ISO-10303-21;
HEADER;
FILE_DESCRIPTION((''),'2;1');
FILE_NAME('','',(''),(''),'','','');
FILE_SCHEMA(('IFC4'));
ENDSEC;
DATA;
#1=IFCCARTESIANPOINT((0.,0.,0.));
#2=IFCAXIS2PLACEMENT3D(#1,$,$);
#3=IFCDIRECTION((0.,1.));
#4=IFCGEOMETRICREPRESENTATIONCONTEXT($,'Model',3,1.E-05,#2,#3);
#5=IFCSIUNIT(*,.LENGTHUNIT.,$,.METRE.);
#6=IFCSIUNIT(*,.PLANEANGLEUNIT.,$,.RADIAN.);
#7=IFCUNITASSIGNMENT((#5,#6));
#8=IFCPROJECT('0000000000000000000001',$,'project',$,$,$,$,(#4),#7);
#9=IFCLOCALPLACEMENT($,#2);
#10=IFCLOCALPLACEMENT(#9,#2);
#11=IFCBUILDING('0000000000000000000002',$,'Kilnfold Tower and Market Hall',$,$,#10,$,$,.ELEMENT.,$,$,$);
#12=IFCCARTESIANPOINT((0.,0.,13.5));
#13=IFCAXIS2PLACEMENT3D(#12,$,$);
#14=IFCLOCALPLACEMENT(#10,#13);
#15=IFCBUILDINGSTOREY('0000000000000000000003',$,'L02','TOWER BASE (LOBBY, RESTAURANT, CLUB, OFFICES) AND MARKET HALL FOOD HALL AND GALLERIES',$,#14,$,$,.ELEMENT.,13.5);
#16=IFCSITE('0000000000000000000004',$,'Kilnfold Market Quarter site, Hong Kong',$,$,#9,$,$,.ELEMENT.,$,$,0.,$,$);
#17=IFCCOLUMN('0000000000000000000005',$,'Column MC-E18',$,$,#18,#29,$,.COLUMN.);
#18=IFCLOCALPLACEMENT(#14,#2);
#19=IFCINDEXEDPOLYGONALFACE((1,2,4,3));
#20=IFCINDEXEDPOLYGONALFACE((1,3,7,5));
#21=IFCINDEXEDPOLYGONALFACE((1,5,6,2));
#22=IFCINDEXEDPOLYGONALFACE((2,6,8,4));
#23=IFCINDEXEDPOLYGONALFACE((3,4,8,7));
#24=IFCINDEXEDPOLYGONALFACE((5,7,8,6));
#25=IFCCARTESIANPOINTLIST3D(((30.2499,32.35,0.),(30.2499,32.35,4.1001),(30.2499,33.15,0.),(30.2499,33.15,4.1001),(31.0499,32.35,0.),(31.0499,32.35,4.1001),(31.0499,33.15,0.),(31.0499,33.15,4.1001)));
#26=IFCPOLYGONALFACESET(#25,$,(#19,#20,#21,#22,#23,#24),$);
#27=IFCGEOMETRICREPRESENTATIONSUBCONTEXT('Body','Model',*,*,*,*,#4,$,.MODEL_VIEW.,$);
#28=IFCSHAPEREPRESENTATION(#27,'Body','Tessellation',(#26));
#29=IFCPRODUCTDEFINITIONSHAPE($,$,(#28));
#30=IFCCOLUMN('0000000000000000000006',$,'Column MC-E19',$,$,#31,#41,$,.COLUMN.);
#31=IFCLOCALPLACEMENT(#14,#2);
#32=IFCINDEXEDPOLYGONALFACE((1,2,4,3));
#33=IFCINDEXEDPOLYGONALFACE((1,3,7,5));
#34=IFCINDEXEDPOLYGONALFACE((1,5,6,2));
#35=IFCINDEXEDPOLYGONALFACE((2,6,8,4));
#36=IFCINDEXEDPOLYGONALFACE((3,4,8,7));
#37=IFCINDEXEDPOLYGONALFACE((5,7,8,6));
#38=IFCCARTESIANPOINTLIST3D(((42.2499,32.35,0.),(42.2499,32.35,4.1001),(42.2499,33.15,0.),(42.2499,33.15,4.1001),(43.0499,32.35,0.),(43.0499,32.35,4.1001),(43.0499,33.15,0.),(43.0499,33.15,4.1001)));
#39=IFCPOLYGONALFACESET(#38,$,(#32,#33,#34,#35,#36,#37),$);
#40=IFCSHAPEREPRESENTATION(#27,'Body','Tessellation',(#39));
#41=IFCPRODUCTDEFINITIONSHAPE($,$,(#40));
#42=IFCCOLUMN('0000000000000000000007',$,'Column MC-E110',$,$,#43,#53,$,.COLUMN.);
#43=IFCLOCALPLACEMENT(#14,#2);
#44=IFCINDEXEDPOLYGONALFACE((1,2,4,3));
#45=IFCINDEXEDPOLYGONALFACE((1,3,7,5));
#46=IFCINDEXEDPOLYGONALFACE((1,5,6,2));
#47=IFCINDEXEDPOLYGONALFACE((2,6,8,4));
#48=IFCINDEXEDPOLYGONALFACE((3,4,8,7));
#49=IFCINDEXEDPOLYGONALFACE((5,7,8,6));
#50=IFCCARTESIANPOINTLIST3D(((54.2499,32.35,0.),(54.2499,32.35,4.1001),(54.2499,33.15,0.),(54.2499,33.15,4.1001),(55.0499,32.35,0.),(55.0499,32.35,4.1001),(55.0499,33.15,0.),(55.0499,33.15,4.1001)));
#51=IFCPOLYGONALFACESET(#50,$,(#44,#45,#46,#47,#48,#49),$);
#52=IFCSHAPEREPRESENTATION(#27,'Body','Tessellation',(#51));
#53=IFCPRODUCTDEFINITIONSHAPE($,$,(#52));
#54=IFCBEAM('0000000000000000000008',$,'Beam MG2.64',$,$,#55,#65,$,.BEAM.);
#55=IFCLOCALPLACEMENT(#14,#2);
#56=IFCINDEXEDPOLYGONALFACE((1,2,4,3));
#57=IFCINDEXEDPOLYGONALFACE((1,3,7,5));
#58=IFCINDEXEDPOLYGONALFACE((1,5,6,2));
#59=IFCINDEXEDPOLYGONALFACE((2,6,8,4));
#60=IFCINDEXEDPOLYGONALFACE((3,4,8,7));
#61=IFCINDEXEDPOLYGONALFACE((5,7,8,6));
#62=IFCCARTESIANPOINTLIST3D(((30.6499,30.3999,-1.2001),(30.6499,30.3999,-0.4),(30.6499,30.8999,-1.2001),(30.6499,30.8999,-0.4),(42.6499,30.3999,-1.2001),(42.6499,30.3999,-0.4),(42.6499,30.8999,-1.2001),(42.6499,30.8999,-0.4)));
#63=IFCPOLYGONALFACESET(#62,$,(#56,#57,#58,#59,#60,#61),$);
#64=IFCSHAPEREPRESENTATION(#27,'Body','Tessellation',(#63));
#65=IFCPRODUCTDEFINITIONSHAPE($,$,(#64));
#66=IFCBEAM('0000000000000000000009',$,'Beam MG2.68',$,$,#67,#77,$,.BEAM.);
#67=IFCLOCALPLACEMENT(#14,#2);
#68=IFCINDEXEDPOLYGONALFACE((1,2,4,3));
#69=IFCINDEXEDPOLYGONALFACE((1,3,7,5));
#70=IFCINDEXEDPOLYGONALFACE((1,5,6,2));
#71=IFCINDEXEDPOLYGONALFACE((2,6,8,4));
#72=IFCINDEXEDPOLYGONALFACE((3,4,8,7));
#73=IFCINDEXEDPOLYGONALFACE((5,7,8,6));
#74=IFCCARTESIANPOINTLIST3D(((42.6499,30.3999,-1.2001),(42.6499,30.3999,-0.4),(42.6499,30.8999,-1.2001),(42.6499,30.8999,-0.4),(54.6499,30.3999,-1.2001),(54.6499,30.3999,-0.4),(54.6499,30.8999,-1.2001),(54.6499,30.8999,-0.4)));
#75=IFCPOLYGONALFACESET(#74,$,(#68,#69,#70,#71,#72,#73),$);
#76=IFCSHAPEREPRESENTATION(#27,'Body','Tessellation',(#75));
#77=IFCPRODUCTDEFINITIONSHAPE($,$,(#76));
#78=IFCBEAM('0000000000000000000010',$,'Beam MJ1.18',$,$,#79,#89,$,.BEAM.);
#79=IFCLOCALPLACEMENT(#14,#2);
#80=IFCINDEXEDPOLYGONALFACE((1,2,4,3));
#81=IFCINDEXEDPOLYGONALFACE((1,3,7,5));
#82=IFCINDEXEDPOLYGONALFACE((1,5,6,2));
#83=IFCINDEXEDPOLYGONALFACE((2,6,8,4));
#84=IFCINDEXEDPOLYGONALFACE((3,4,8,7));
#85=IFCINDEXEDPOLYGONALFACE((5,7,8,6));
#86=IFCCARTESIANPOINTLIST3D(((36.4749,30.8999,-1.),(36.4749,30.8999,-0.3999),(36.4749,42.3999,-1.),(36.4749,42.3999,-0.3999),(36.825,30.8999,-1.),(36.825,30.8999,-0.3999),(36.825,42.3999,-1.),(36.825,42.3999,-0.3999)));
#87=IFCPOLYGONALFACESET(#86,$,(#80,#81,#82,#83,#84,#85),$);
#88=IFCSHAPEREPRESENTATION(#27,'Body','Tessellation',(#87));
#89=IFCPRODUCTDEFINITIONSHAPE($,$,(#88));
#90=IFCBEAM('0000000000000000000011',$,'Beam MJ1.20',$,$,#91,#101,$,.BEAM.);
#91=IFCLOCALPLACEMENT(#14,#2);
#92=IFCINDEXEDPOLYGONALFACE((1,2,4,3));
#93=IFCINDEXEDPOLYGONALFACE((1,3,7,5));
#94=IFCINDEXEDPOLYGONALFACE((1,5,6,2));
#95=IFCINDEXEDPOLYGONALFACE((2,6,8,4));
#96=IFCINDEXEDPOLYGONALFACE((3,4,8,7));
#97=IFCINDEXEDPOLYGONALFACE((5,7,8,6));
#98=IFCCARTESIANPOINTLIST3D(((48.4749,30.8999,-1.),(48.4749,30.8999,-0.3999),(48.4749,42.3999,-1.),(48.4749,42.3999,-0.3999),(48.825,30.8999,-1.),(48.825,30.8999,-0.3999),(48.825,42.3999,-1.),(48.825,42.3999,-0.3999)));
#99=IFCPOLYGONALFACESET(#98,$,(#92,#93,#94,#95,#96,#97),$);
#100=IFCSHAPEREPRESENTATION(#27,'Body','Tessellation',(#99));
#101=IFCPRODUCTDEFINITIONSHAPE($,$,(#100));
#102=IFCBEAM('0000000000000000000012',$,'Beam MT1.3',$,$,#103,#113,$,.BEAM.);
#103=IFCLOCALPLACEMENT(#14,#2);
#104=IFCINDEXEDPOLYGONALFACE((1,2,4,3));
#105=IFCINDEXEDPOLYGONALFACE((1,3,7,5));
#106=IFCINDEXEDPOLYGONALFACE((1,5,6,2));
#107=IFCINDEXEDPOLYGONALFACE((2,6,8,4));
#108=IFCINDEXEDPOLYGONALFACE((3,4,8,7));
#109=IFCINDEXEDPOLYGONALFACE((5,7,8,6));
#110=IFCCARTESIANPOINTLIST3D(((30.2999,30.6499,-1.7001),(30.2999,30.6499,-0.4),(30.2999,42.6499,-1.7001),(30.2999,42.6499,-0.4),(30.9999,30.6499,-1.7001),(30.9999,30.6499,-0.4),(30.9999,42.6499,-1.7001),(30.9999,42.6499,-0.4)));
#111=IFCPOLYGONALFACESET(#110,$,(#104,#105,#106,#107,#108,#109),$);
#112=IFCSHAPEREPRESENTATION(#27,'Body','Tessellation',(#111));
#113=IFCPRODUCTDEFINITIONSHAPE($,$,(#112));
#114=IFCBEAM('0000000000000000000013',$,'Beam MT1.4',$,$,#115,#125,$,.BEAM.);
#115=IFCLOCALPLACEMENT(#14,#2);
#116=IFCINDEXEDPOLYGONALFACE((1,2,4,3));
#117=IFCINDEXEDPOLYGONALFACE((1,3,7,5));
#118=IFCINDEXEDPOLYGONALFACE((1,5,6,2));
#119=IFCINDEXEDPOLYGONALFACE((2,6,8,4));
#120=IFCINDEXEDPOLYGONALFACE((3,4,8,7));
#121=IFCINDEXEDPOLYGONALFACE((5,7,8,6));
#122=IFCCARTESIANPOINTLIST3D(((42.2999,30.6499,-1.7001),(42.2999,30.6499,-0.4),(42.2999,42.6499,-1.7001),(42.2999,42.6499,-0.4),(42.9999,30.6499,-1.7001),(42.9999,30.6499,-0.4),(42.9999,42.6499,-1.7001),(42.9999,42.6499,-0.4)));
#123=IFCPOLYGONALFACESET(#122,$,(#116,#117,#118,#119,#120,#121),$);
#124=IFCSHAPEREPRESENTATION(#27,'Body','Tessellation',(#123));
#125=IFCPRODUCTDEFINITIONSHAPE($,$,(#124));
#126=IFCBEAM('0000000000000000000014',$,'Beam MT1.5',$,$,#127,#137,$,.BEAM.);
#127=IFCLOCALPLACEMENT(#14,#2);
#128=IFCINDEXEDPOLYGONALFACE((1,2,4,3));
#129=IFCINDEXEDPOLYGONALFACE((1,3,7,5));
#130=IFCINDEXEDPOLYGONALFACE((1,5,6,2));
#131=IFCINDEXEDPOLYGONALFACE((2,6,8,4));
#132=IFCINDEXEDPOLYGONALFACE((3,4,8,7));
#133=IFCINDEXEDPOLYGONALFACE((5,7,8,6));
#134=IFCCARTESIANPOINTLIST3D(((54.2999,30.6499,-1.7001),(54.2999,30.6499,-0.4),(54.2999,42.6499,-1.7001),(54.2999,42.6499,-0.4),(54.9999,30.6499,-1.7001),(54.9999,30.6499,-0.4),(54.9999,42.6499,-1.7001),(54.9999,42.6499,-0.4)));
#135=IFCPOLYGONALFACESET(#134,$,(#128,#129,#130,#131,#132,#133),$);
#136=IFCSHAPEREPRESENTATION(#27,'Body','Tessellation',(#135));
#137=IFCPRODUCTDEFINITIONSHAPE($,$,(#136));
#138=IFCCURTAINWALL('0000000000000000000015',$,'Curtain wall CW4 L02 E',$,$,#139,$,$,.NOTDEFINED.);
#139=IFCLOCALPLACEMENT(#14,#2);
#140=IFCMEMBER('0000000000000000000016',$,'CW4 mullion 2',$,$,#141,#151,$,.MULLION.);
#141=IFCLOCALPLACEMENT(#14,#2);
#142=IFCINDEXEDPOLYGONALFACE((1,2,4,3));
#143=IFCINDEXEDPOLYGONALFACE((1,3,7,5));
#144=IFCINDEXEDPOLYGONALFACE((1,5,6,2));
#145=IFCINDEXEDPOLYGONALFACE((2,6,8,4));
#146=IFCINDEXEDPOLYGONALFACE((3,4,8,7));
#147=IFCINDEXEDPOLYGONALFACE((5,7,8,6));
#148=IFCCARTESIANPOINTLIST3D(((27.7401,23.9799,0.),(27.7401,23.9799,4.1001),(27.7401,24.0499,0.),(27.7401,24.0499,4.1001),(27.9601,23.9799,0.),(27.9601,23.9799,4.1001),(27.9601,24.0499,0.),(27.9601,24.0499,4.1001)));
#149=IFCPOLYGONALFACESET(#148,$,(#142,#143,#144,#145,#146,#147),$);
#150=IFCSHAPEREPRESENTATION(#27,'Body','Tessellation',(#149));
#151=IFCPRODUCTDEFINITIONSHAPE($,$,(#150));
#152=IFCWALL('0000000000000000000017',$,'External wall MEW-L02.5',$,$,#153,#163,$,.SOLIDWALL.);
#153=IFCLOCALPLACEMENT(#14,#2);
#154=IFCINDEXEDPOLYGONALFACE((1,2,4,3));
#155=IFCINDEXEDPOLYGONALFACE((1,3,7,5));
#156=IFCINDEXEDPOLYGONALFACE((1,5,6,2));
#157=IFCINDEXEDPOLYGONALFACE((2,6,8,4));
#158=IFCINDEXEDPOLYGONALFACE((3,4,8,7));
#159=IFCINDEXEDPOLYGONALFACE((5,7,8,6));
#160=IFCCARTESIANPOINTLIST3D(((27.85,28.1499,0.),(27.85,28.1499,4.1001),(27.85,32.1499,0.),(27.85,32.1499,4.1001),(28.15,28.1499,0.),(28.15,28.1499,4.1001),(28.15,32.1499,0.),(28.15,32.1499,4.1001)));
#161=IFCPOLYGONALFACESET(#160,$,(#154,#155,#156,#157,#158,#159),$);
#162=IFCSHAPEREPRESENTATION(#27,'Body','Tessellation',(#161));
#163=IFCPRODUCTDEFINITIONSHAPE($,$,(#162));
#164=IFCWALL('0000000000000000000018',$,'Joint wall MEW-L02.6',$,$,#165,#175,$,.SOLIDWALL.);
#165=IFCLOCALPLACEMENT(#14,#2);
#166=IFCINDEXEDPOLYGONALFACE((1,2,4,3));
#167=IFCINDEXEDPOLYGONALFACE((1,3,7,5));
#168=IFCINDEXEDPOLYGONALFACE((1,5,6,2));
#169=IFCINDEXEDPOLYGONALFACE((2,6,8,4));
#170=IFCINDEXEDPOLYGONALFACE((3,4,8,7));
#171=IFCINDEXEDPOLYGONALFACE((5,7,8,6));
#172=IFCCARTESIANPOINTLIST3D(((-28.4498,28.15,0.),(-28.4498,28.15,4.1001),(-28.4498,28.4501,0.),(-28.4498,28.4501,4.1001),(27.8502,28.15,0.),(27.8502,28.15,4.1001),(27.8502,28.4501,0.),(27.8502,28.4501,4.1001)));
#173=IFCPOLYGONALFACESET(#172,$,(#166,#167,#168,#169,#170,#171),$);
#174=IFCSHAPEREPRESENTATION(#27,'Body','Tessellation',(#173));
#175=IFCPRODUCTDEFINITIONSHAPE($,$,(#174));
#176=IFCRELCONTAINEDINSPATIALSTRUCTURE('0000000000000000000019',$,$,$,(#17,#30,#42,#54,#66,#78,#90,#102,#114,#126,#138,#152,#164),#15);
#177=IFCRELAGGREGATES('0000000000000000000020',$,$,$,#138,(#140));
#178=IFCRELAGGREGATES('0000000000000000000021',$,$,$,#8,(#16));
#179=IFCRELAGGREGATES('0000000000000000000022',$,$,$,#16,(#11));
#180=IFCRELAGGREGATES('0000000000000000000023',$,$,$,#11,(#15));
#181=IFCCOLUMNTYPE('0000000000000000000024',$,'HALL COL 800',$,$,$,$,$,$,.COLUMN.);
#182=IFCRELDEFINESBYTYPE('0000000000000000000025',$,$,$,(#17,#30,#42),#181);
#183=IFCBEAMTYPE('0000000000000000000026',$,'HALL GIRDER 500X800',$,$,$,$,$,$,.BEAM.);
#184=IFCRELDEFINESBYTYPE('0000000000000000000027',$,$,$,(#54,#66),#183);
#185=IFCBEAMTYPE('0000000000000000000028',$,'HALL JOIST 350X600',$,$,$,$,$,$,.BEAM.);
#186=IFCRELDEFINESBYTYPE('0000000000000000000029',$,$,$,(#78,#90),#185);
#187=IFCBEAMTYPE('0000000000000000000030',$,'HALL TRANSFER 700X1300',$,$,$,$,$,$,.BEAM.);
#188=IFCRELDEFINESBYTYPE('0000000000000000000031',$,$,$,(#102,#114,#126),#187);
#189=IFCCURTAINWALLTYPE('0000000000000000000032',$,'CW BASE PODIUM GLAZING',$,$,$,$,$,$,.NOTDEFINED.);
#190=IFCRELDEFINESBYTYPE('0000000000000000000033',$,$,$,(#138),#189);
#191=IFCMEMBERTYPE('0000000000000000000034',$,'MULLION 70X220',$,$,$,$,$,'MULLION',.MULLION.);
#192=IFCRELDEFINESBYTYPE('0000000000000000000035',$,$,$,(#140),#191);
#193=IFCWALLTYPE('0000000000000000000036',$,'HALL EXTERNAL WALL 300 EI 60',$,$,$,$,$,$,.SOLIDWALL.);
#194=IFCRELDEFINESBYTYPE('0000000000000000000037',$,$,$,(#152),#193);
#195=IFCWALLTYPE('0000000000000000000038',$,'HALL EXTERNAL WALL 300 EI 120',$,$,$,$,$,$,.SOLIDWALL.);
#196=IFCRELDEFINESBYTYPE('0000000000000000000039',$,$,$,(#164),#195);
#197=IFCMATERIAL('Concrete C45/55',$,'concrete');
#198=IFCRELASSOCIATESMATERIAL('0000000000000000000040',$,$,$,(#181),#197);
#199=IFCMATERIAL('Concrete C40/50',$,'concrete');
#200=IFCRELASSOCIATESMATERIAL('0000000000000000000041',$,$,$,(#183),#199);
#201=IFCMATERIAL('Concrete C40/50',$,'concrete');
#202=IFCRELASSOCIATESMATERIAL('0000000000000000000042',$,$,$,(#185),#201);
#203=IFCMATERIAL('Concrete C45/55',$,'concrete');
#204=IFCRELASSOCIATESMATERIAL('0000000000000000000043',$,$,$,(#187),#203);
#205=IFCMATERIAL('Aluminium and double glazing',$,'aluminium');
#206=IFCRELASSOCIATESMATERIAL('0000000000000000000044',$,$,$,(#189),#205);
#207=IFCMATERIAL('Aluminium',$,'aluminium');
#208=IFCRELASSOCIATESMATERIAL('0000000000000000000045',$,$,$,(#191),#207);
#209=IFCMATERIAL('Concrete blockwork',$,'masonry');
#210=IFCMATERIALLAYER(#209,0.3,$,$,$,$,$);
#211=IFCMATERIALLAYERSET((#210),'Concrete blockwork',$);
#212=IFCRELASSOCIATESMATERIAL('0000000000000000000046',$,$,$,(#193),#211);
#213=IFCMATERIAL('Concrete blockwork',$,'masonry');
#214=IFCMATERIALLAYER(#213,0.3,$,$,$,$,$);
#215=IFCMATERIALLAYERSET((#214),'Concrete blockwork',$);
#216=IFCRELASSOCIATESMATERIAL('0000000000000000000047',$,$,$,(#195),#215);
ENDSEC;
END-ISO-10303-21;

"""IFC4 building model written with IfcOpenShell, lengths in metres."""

from ifc_helpers import new_model, si_unit, direction, frame, frame_2d, origin, origin_2d, place, context, subcontext, project, spatial, rectangle, extrude, source, transform, mapped, material, layer, layer_set, material_profile, profile_set, type_object, element, aggregate, save


model = new_model("IFC4")

# Units and contexts
model_context = context("Model", 3, precision=1e-05, world=origin(), true_north=direction((0.0, 1.0)))
body_context = subcontext(model_context, "Body", "Model", "MODEL_VIEW")
ifc_project = project(units=[si_unit("LENGTHUNIT", "METRE"), si_unit("PLANEANGLEUNIT", "RADIAN")], contexts=[model_context])

# Site, building, storey
site_placement = place(None, origin())
site = spatial("IfcSite", under=ifc_project, at=site_placement, Name="Kilnfold Market Quarter site, Hong Kong", CompositionType="ELEMENT", RefElevation=0.0)
building_placement = place(site_placement, origin())
building = spatial("IfcBuilding", under=site, at=building_placement, Name="Kilnfold Tower and Market Hall", CompositionType="ELEMENT")
storey_placement = place(building_placement, frame((0.0, 0.0, 13.5)))
storey = spatial("IfcBuildingStorey", under=building, at=storey_placement, Name="L02", Description="TOWER BASE (LOBBY, RESTAURANT, CLUB, OFFICES) AND MARKET HALL FOOD HALL AND GALLERIES", CompositionType="ELEMENT", Elevation=13.5)

# Columns
ifc_material_1 = material(Name="Concrete C45/55", Category="concrete")
ifc_material_profile_1 = material_profile(ifc_material_1, rectangle(XDim=0.8, YDim=0.8, at=origin_2d()), Name="RC 800x800")
ifc_profile_set_1 = profile_set([ifc_material_profile_1], Name="Concrete C45/55")
column_type = type_object("IfcColumnType", Name="HALL COL 800", PredefinedType="COLUMN", material=ifc_profile_set_1)
shared_shape_1 = source(origin(), body_context, "Body", "SweptSolid", [
    extrude(rectangle(XDim=0.8, YDim=0.8, at=origin_2d()), origin(), (0.0, 0.0, 1.0), 4.1001),
])
for number, where, z_axis, x_axis, name in (
    (1, (30.6499, 32.75, 0.0), (0.0, 0.0, 1.0), (1.0, 0.0, 0.0), "Column MC-E18"),
    (2, (42.6499, 32.75, 0.0), (0.0, 0.0, 1.0), (1.0, 0.0, 0.0), "Column MC-E19"),
    (3, (54.6499, 32.75, 0.0), (0.0, 0.0, 1.0), (1.0, 0.0, 0.0), "Column MC-E110"),
):
    element("IfcColumn", number, at=place(storey_placement, frame(where, z_axis=z_axis, x_axis=x_axis)), inside=storey, type_object=column_type, Name=name, PredefinedType="COLUMN", context=body_context, shape_type="MappedRepresentation", body=[
        mapped(shared_shape_1, transform((0.0, 0.0, 0.0))),
    ])

# Beams
ifc_material_2 = material(Name="Concrete C40/50", Category="concrete")
ifc_material_profile_2 = material_profile(ifc_material_2, rectangle(XDim=0.5, YDim=0.8, at=origin_2d()), Name="RC 500x800")
ifc_profile_set_2 = profile_set([ifc_material_profile_2], Name="Concrete C40/50")
beam_type_1 = type_object("IfcBeamType", Name="HALL GIRDER 500X800", PredefinedType="BEAM", material=ifc_profile_set_2)
for number, where, z_axis, x_axis, name in (
    (4, (30.6499, 30.6499, -0.8), (1.0, 0.0, 0.0), (0.0, 1.0, 0.0), "Beam MG2.64"),
    (5, (42.6499, 30.6499, -0.8), (1.0, 0.0, 0.0), (0.0, 1.0, 0.0), "Beam MG2.68"),
):
    element("IfcBeam", number, at=place(storey_placement, frame(where, z_axis=z_axis, x_axis=x_axis)), inside=storey, type_object=beam_type_1, Name=name, PredefinedType="BEAM", context=body_context, shape_type="SweptSolid", body=[
        extrude(rectangle(XDim=0.5, YDim=0.8, at=origin_2d()), origin(), (0.0, 0.0, 1.0), 12.0),
    ])
ifc_material_3 = material(Name="Concrete C40/50", Category="concrete")
ifc_material_profile_3 = material_profile(ifc_material_3, rectangle(XDim=0.3501, YDim=0.6001, at=origin_2d()), Name="RC 350x600")
ifc_profile_set_3 = profile_set([ifc_material_profile_3], Name="Concrete C40/50")
beam_type_2 = type_object("IfcBeamType", Name="HALL JOIST 350X600", PredefinedType="BEAM", material=ifc_profile_set_3)
for number, where, z_axis, x_axis, name in (
    (6, (36.6499, 30.8999, -0.7), (0.0, 1.0, 0.0), (-1.0, 0.0, 0.0), "Beam MJ1.18"),
    (7, (48.6499, 30.8999, -0.7), (0.0, 1.0, 0.0), (-1.0, 0.0, 0.0), "Beam MJ1.20"),
):
    element("IfcBeam", number, at=place(storey_placement, frame(where, z_axis=z_axis, x_axis=x_axis)), inside=storey, type_object=beam_type_2, Name=name, PredefinedType="BEAM", context=body_context, shape_type="SweptSolid", body=[
        extrude(rectangle(XDim=0.3501, YDim=0.6001, at=origin_2d()), origin(), (0.0, 0.0, 1.0), 11.5),
    ])
ifc_material_4 = material(Name="Concrete C45/55", Category="concrete")
ifc_material_profile_4 = material_profile(ifc_material_4, rectangle(XDim=0.7, YDim=1.3, at=origin_2d()), Name="RC 700x1300")
ifc_profile_set_4 = profile_set([ifc_material_profile_4], Name="Concrete C45/55")
beam_type_3 = type_object("IfcBeamType", Name="HALL TRANSFER 700X1300", PredefinedType="BEAM", material=ifc_profile_set_4)
for number, where, z_axis, x_axis, name in (
    (8, (30.6499, 30.6499, -1.05), (0.0, 1.0, 0.0), (-1.0, 0.0, 0.0), "Beam MT1.3"),
    (9, (42.6499, 30.6499, -1.05), (0.0, 1.0, 0.0), (-1.0, 0.0, 0.0), "Beam MT1.4"),
    (10, (54.6499, 30.6499, -1.05), (0.0, 1.0, 0.0), (-1.0, 0.0, 0.0), "Beam MT1.5"),
):
    element("IfcBeam", number, at=place(storey_placement, frame(where, z_axis=z_axis, x_axis=x_axis)), inside=storey, type_object=beam_type_3, Name=name, PredefinedType="BEAM", context=body_context, shape_type="SweptSolid", body=[
        extrude(rectangle(XDim=0.7, YDim=1.3, at=origin_2d()), origin(), (0.0, 0.0, 1.0), 12.0),
    ])

# Curtain wall, member
ifc_material_5 = material(Name="Aluminium and double glazing", Category="aluminium")
curtain_wall_type = type_object("IfcCurtainWallType", Name="CW BASE PODIUM GLAZING", PredefinedType="NOTDEFINED", material=ifc_material_5)
curtain_wall_placement = place(storey_placement, origin())
curtain_wall = element("IfcCurtainWall", 11, at=curtain_wall_placement, inside=storey, type_object=curtain_wall_type, Name="Curtain wall CW4 L02 E", PredefinedType="NOTDEFINED")
ifc_material_6 = material(Name="Aluminium", Category="aluminium")
ifc_material_profile_5 = material_profile(ifc_material_6, rectangle(XDim=0.0701, YDim=0.22, at=origin_2d()), Name="MULLION 70x220")
ifc_profile_set_5 = profile_set([ifc_material_profile_5], Name="Aluminium")
member_type = type_object("IfcMemberType", Name="MULLION 70X220", ElementType="MULLION", PredefinedType="MULLION", material=ifc_profile_set_5)
shared_shape_2 = source(origin(), body_context, "Body", "SweptSolid", [
    extrude(rectangle(XDim=0.0701, YDim=0.22, at=origin_2d()), origin(), (0.0, 0.0, 1.0), 4.1001),
])
member_placement = place(storey_placement, frame((27.8501, 24.0149, 0.0), z_axis=(0.0, 0.0, 1.0), x_axis=(0.0, 1.0, 0.0)))
member = element("IfcMember", 12, at=member_placement, type_object=member_type, Name="CW4 mullion 2", PredefinedType="MULLION", context=body_context, shape_type="MappedRepresentation", body=[
    mapped(shared_shape_2, transform((0.0, 0.0, 0.0))),
])
aggregate(curtain_wall, [member])

# Shared definitions
ifc_material_7 = material(Name="Concrete blockwork", Category="masonry")
ifc_layer_1 = layer(ifc_material_7, 0.3)
ifc_layer_set_1 = layer_set([ifc_layer_1], Name="Concrete blockwork")
wall_type_1 = type_object("IfcWallType", Name="HALL EXTERNAL WALL 300 EI 60", PredefinedType="SOLIDWALL", material=ifc_layer_set_1)

# Walls
shared_shape_3 = source(origin(), body_context, "Body", "SweptSolid", [
    extrude(rectangle(XDim=4.0, YDim=0.3, at=frame_2d((2.0, 0.0))), origin(), (0.0, 0.0, 1.0), 4.1001),
])
wall_1_placement = place(storey_placement, frame((28.0, 32.1499, 0.0), z_axis=(0.0, 0.0, 1.0), x_axis=(0.0, -1.0, 0.0)))
element("IfcWall", 13, at=wall_1_placement, inside=storey, type_object=wall_type_1, Name="External wall MEW-L02.5", PredefinedType="SOLIDWALL", context=body_context, shape_type="MappedRepresentation", body=[
    mapped(shared_shape_3, transform((0.0, 0.0, 0.0))),
])
ifc_material_8 = material(Name="Concrete blockwork", Category="masonry")
ifc_layer_2 = layer(ifc_material_8, 0.3)
ifc_layer_set_2 = layer_set([ifc_layer_2], Name="Concrete blockwork")
wall_type_2 = type_object("IfcWallType", Name="HALL EXTERNAL WALL 300 EI 120", PredefinedType="SOLIDWALL", material=ifc_layer_set_2)
shared_shape_4 = source(origin(), body_context, "Body", "SweptSolid", [
    extrude(rectangle(XDim=56.3, YDim=0.3, at=frame_2d((28.1499, 0.0))), origin(), (0.0, 0.0, 1.0), 4.1001),
])
wall_2_placement = place(storey_placement, frame((27.8501, 28.3, 0.0), z_axis=(0.0, 0.0, 1.0), x_axis=(-1.0, 0.0, 0.0)))
element("IfcWall", 14, at=wall_2_placement, inside=storey, type_object=wall_type_2, Name="Joint wall MEW-L02.6", PredefinedType="SOLIDWALL", context=body_context, shape_type="MappedRepresentation", body=[
    mapped(shared_shape_4, transform((0.0, 0.0, 0.0))),
])

save(model, "model.ifc")
